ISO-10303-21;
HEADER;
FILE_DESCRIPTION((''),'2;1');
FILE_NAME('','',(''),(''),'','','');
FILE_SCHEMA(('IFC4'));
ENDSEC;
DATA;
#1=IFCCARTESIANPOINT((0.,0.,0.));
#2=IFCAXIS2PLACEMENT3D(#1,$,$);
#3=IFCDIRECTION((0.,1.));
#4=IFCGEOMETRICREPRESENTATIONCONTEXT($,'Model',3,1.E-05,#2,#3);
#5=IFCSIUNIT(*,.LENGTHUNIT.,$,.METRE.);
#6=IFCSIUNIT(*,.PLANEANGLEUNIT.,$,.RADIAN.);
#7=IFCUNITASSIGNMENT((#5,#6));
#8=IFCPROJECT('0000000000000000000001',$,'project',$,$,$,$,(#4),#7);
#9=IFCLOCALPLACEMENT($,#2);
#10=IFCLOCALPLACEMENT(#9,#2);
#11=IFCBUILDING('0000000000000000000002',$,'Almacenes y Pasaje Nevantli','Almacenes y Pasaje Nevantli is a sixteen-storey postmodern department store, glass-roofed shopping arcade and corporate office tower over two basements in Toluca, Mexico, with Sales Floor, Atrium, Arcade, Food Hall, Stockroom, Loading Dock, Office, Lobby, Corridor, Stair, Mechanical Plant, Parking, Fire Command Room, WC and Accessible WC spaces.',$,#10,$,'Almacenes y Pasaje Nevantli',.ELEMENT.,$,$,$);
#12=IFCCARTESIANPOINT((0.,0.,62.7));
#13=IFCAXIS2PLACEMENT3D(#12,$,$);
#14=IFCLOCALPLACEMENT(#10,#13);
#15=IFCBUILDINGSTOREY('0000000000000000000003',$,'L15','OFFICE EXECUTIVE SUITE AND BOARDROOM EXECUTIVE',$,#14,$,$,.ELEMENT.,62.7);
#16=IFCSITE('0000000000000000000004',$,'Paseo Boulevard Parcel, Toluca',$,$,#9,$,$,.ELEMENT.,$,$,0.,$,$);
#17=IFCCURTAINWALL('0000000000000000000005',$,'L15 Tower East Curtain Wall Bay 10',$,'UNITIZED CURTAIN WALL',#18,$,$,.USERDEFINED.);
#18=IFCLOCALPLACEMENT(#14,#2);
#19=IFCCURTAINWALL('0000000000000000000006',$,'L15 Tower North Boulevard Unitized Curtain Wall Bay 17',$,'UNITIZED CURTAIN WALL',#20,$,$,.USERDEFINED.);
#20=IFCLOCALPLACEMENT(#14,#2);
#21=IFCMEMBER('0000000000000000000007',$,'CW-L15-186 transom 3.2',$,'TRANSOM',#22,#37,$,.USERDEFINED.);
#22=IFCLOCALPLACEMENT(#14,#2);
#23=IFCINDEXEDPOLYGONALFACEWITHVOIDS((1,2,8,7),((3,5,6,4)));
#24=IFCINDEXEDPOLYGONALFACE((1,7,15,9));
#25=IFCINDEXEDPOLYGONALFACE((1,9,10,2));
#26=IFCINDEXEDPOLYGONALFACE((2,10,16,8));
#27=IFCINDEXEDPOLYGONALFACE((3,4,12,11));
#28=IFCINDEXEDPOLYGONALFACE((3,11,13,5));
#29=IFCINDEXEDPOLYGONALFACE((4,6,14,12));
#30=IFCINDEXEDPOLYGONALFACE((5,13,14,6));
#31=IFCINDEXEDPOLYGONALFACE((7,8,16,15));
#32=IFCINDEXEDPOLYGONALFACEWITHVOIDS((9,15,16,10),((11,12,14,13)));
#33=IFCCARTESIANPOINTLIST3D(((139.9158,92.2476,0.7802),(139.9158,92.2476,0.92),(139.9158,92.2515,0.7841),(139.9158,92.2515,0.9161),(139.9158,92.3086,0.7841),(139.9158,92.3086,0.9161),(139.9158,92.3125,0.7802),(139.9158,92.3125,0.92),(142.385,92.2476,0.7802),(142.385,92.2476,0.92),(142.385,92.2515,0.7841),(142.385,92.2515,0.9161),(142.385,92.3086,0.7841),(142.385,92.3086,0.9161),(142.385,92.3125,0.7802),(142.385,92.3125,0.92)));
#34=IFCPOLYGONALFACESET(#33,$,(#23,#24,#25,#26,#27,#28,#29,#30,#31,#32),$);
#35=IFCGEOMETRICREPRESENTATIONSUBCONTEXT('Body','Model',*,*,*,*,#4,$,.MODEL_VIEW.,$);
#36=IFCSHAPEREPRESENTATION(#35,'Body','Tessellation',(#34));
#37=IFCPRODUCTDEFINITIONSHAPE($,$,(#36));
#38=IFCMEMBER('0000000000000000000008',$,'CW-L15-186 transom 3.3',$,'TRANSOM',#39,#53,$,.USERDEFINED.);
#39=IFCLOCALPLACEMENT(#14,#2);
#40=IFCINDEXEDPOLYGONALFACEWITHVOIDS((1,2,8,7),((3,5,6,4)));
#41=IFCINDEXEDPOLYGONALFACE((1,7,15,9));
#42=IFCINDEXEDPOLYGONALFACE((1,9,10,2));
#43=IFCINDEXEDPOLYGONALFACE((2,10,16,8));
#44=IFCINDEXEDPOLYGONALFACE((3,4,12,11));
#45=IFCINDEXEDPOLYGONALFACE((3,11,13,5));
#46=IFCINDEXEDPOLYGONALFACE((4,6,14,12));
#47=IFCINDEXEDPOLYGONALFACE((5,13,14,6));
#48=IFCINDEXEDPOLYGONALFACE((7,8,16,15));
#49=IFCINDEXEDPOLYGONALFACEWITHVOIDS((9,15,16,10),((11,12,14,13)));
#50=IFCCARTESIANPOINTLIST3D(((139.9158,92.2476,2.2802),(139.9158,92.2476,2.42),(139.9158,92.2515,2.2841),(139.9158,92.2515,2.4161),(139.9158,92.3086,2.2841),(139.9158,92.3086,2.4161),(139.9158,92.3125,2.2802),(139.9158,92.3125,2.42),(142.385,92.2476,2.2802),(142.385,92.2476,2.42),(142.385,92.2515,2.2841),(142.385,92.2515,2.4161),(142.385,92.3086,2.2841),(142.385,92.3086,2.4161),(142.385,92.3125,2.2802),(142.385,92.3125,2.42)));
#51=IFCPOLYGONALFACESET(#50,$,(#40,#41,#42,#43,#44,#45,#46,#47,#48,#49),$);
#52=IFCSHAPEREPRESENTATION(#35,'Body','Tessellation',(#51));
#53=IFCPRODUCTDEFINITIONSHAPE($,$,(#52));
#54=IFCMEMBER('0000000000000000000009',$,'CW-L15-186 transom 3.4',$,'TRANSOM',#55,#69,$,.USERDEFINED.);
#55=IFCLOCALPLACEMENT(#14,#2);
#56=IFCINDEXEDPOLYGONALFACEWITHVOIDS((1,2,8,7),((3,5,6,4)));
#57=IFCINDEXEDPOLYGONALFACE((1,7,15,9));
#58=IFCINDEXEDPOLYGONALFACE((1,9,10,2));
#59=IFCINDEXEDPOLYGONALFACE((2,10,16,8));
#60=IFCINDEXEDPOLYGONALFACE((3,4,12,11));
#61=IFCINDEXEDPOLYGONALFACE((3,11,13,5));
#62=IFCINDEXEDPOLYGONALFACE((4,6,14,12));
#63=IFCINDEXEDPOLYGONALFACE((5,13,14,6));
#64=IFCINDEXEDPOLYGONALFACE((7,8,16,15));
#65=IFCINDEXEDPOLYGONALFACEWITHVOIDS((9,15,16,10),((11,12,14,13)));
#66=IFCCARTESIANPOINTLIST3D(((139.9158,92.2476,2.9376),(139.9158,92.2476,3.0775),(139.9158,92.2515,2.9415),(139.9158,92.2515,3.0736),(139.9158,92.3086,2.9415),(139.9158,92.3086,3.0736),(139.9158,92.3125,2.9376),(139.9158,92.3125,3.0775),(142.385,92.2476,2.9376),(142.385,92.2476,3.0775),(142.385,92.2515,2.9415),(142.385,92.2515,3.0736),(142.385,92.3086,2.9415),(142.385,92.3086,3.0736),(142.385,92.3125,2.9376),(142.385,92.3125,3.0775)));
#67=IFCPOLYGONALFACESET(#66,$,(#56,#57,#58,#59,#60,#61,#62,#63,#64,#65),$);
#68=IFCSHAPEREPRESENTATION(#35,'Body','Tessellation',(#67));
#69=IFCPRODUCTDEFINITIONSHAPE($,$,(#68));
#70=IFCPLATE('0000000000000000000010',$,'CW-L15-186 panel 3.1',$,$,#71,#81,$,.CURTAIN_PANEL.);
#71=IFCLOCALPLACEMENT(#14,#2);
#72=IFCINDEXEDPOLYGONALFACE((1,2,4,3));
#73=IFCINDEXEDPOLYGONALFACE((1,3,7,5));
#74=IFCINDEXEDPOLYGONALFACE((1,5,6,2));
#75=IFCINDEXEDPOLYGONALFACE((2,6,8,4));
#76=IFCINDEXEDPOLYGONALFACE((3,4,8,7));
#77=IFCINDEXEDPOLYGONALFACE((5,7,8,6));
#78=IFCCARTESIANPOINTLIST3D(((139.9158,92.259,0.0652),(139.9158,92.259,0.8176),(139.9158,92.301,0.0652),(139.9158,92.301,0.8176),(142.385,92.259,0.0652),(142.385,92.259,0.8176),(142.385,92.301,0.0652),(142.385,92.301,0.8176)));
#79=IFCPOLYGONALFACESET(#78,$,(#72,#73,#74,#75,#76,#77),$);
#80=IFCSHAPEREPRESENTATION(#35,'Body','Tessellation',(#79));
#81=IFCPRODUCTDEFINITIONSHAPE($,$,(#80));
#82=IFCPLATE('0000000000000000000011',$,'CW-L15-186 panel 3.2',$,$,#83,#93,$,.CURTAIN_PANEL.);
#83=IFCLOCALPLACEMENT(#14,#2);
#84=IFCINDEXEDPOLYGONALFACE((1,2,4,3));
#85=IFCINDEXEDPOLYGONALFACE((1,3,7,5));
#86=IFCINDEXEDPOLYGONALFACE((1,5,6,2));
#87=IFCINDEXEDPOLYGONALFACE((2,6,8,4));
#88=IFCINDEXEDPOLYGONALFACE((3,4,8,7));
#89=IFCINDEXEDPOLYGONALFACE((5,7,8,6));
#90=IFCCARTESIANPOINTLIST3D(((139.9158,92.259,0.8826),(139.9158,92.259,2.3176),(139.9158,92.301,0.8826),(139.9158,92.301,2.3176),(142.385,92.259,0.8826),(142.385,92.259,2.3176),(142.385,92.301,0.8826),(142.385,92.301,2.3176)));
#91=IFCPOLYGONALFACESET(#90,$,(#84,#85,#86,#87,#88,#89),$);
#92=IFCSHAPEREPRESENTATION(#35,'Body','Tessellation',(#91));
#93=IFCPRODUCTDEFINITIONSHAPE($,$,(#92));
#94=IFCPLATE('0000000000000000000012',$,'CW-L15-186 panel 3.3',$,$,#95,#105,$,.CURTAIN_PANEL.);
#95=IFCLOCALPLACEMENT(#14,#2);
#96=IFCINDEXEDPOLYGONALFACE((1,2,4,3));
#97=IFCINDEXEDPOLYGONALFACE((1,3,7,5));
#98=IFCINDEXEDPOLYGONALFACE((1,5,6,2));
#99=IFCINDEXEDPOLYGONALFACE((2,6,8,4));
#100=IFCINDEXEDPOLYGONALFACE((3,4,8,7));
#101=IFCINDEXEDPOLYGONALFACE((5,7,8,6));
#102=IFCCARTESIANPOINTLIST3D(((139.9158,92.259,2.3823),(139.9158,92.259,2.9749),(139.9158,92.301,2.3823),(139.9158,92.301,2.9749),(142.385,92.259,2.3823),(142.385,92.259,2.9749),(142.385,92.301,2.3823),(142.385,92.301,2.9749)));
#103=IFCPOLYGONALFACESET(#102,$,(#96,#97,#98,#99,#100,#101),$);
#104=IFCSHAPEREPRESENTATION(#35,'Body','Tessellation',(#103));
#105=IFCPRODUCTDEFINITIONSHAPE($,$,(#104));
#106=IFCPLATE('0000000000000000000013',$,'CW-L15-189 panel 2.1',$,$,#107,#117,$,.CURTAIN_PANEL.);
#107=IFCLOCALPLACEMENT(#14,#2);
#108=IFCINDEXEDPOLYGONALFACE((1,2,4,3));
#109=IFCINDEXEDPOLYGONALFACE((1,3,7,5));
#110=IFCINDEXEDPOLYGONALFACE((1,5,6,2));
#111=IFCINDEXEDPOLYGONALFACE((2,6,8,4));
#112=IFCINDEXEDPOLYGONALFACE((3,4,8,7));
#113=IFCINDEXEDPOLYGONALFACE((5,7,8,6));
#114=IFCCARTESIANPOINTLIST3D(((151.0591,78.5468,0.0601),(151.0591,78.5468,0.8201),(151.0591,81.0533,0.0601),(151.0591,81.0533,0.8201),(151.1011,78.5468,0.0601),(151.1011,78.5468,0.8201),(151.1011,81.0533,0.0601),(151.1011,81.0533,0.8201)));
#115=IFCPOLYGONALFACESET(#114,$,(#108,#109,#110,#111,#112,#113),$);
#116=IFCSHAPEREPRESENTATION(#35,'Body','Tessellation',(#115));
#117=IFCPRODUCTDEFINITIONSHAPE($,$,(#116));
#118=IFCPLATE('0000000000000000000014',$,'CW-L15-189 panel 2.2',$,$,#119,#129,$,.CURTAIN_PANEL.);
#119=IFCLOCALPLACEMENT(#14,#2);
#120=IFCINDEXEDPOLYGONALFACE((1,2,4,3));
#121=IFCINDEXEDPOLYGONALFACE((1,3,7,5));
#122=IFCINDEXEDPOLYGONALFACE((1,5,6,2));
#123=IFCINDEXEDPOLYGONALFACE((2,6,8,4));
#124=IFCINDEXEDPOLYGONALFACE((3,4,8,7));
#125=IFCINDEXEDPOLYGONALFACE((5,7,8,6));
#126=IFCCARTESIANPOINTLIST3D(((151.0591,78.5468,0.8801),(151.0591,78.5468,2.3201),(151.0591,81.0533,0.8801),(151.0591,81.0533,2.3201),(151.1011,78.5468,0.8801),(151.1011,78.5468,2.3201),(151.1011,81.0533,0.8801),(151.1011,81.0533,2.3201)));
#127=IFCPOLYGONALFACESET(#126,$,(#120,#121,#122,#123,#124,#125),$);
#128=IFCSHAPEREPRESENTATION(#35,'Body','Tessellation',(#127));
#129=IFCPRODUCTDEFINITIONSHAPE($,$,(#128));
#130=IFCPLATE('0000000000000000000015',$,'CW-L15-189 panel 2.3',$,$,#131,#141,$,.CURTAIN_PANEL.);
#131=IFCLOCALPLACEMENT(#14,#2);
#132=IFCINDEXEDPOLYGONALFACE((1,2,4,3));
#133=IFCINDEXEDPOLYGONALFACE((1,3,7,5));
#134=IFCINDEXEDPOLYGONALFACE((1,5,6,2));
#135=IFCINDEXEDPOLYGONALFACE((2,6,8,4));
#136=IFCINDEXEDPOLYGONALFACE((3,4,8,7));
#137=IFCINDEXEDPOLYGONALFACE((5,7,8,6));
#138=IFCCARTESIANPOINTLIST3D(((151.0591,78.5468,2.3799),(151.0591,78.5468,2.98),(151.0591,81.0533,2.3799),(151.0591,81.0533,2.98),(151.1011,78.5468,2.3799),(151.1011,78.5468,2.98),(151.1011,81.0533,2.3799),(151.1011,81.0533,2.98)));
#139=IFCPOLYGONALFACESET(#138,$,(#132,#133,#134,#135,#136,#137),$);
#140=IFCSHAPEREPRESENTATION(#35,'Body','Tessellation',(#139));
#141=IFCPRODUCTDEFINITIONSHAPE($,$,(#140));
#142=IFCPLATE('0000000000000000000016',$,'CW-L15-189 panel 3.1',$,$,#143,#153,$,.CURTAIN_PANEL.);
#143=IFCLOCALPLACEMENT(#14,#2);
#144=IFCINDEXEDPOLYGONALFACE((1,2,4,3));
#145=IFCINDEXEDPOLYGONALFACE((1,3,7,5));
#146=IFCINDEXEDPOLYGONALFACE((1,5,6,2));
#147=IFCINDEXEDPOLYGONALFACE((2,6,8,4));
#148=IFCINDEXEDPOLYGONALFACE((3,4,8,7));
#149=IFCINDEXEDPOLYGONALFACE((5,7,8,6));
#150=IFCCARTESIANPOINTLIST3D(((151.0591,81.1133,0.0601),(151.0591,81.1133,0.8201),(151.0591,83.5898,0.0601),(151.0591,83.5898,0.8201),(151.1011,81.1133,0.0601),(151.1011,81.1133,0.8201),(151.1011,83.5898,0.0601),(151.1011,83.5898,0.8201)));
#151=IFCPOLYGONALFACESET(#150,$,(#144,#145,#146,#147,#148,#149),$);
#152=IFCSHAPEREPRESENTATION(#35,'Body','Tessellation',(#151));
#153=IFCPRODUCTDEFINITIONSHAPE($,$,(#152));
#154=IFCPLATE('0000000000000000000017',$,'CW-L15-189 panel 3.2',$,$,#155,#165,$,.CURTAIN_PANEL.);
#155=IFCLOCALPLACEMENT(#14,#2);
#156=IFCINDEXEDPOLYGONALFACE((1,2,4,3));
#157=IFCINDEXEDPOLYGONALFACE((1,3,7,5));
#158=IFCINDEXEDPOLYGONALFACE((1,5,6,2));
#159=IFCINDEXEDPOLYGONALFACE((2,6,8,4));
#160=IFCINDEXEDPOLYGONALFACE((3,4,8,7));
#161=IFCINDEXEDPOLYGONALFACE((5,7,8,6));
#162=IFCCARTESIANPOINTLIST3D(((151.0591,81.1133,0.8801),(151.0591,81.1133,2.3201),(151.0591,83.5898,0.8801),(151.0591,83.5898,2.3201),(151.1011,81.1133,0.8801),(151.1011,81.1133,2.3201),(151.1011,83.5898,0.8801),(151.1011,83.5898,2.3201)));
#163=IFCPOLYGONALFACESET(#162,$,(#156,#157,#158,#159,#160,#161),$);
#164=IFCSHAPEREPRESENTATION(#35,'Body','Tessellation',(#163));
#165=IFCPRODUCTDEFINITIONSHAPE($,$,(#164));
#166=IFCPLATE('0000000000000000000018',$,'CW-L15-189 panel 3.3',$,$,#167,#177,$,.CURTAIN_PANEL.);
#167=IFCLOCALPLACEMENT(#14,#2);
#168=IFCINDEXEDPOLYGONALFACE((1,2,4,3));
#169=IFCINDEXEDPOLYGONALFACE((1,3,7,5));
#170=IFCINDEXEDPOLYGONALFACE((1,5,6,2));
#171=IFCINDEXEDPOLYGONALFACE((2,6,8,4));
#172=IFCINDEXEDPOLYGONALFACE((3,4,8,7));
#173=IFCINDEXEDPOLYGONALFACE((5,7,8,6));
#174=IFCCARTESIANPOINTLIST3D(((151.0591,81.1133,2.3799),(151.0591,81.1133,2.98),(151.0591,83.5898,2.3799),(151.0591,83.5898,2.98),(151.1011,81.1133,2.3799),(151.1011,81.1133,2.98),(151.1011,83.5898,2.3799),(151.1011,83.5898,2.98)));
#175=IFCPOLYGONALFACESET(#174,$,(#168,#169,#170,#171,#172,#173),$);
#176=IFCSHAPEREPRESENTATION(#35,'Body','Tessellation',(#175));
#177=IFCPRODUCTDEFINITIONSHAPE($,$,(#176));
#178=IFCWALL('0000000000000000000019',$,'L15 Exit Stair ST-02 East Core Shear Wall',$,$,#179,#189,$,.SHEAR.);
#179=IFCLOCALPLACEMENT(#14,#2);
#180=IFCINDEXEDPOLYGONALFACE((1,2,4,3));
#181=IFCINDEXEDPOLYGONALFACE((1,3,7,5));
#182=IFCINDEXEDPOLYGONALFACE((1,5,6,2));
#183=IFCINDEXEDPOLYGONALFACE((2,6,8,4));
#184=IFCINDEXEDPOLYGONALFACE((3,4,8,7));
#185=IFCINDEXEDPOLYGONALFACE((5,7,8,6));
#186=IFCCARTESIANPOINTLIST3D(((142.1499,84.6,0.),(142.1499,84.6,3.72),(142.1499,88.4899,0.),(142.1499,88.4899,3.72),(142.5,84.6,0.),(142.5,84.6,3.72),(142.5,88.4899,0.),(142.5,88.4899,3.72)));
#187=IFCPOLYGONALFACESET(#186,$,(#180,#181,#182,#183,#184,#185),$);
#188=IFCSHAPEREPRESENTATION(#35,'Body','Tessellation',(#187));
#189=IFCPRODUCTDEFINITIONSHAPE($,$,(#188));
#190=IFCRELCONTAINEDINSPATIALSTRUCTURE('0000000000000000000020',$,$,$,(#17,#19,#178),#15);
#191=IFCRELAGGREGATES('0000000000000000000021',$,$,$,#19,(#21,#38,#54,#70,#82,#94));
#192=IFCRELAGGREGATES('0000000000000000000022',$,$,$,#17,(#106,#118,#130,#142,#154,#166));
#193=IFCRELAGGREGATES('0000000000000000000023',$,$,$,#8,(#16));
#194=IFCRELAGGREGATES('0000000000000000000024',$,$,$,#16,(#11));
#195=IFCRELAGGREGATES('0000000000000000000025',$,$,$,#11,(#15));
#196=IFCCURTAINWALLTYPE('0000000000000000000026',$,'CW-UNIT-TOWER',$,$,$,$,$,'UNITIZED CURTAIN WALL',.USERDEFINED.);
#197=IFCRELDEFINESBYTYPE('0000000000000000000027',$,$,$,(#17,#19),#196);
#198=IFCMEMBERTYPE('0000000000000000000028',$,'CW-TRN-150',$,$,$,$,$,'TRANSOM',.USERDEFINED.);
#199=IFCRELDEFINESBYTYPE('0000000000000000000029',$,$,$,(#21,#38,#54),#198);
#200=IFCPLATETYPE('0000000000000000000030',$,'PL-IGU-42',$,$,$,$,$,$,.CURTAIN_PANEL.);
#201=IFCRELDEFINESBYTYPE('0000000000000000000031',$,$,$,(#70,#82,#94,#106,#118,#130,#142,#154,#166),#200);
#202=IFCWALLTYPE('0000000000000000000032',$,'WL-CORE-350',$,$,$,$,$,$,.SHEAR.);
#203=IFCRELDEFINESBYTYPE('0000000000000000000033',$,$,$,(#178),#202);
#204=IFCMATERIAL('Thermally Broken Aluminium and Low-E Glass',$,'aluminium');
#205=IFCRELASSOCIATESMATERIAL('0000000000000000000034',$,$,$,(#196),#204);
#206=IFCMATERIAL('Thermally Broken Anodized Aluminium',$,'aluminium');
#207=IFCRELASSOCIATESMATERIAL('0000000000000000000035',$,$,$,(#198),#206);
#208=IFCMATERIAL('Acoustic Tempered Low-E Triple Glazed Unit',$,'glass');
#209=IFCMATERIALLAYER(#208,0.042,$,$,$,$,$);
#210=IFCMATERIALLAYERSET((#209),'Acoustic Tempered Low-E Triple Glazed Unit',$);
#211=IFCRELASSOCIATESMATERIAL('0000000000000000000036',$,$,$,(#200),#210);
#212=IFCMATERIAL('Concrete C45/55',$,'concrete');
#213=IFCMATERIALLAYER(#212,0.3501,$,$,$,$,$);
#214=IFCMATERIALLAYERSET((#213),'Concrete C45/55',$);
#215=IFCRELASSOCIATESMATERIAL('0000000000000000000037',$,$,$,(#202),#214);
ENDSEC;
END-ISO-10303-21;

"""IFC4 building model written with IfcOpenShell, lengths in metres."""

from ifc_helpers import new_model, si_unit, direction, frame, frame_2d, origin, origin_2d, place, context, subcontext, project, spatial, rectangle, hollow_rectangle, extrude, material, layer, layer_set, material_profile, profile_set, type_object, element, aggregate, save


model = new_model("IFC4")

# Units and contexts
model_context = context("Model", 3, precision=1e-05, world=origin(), true_north=direction((0.0, 1.0)))
body_context = subcontext(model_context, "Body", "Model", "MODEL_VIEW")
ifc_project = project(units=[si_unit("LENGTHUNIT", "METRE"), si_unit("PLANEANGLEUNIT", "RADIAN")], contexts=[model_context])

# Site, building, storey
site_placement = place(None, origin())
site = spatial("IfcSite", under=ifc_project, at=site_placement, Name="Paseo Boulevard Parcel, Toluca", CompositionType="ELEMENT", RefElevation=0.0)
building_placement = place(site_placement, origin())
building = spatial("IfcBuilding", under=site, at=building_placement, Name="Almacenes y Pasaje Nevantli", Description="Almacenes y Pasaje Nevantli is a sixteen-storey postmodern department store, glass-roofed shopping arcade and corporate office tower over two basements in Toluca, Mexico, with Sales Floor, Atrium, Arcade, Food Hall, Stockroom, Loading Dock, Office, Lobby, Corridor, Stair, Mechanical Plant, Parking, Fire Command Room, WC and Accessible WC spaces.", LongName="Almacenes y Pasaje Nevantli", CompositionType="ELEMENT")
storey_placement = place(building_placement, frame((0.0, 0.0, 62.7)))
storey = spatial("IfcBuildingStorey", under=building, at=storey_placement, Name="L15", Description="OFFICE EXECUTIVE SUITE AND BOARDROOM EXECUTIVE", CompositionType="ELEMENT", Elevation=62.7)

# Curtain wall
ifc_material_1 = material(Name="Thermally Broken Aluminium and Low-E Glass", Category="aluminium")
curtain_wall_type = type_object("IfcCurtainWallType", Name="CW-UNIT-TOWER", ElementType="UNITIZED CURTAIN WALL", PredefinedType="USERDEFINED", material=ifc_material_1)
curtain_wall_1_placement = place(storey_placement, origin())
curtain_wall_1 = element("IfcCurtainWall", 1, at=curtain_wall_1_placement, inside=storey, type_object=curtain_wall_type, Name="L15 Tower East Curtain Wall Bay 10", ObjectType="UNITIZED CURTAIN WALL", PredefinedType="USERDEFINED")

# Curtain wall
curtain_wall_2_placement = place(storey_placement, origin())
curtain_wall_2 = element("IfcCurtainWall", 2, at=curtain_wall_2_placement, inside=storey, type_object=curtain_wall_type, Name="L15 Tower North Boulevard Unitized Curtain Wall Bay 17", ObjectType="UNITIZED CURTAIN WALL", PredefinedType="USERDEFINED")

# Members
ifc_material_2 = material(Name="Thermally Broken Anodized Aluminium", Category="aluminium")
ifc_material_profile_1 = material_profile(ifc_material_2, hollow_rectangle(XDim=0.0649, YDim=0.1399, WallThickness=0.0039, at=origin_2d()), Name="ALU-TRN-65x140")
ifc_profile_set_1 = profile_set([ifc_material_profile_1], Name="Thermally Broken Anodized Aluminium")
member_type_1 = type_object("IfcMemberType", Name="CW-TRN-150", ElementType="TRANSOM", PredefinedType="USERDEFINED", material=ifc_profile_set_1)
member_1_placement = place(storey_placement, frame((139.9158, 92.28, 0.8501), z_axis=(1.0, 0.0, 0.0), x_axis=(0.0, 1.0, 0.0)))
member_1 = element("IfcMember", 3, at=member_1_placement, type_object=member_type_1, Name="CW-L15-186 transom 3.2", ObjectType="TRANSOM", PredefinedType="USERDEFINED", context=body_context, shape_type="SweptSolid", body=[
    extrude(hollow_rectangle(XDim=0.0649, YDim=0.1399, WallThickness=0.0039, at=origin_2d()), origin(), (0.0, 0.0, 1.0), 2.4692),
])
member_2_placement = place(storey_placement, frame((139.9158, 92.28, 2.3501), z_axis=(1.0, 0.0, 0.0), x_axis=(0.0, 1.0, 0.0)))
member_2 = element("IfcMember", 4, at=member_2_placement, type_object=member_type_1, Name="CW-L15-186 transom 3.3", ObjectType="TRANSOM", PredefinedType="USERDEFINED", context=body_context, shape_type="SweptSolid", body=[
    extrude(hollow_rectangle(XDim=0.0649, YDim=0.1399, WallThickness=0.0039, at=origin_2d()), origin(), (0.0, 0.0, 1.0), 2.4692),
])
member_3_placement = place(storey_placement, frame((139.9158, 92.28, 3.0076), z_axis=(1.0, 0.0, 0.0), x_axis=(0.0, 1.0, 0.0)))
member_3 = element("IfcMember", 5, at=member_3_placement, type_object=member_type_1, Name="CW-L15-186 transom 3.4", ObjectType="TRANSOM", PredefinedType="USERDEFINED", context=body_context, shape_type="SweptSolid", body=[
    extrude(hollow_rectangle(XDim=0.0649, YDim=0.1399, WallThickness=0.0039, at=origin_2d()), origin(), (0.0, 0.0, 1.0), 2.4692),
])

# Plates
ifc_material_3 = material(Name="Acoustic Tempered Low-E Triple Glazed Unit", Category="glass")
ifc_layer_1 = layer(ifc_material_3, 0.042)
ifc_layer_set_1 = layer_set([ifc_layer_1], Name="Acoustic Tempered Low-E Triple Glazed Unit")
plate_type = type_object("IfcPlateType", Name="PL-IGU-42", PredefinedType="CURTAIN_PANEL", material=ifc_layer_set_1)
plate_1_placement = place(storey_placement, frame((141.1504, 92.28, 0.0652), z_axis=(0.0, 0.0, 1.0), x_axis=(1.0, 0.0, 0.0)))
plate_1 = element("IfcPlate", 6, at=plate_1_placement, type_object=plate_type, Name="CW-L15-186 panel 3.1", PredefinedType="CURTAIN_PANEL", context=body_context, shape_type="SweptSolid", body=[
    extrude(rectangle(XDim=2.4692, YDim=0.042, at=origin_2d()), origin(), (0.0, 0.0, 1.0), 0.7524),
])
plate_2_placement = place(storey_placement, frame((141.1504, 92.28, 0.8826), z_axis=(0.0, 0.0, 1.0), x_axis=(1.0, 0.0, 0.0)))
plate_2 = element("IfcPlate", 7, at=plate_2_placement, type_object=plate_type, Name="CW-L15-186 panel 3.2", PredefinedType="CURTAIN_PANEL", context=body_context, shape_type="SweptSolid", body=[
    extrude(rectangle(XDim=2.4692, YDim=0.042, at=origin_2d()), origin(), (0.0, 0.0, 1.0), 1.4351),
])
plate_3_placement = place(storey_placement, frame((141.1504, 92.28, 2.3823), z_axis=(0.0, 0.0, 1.0), x_axis=(1.0, 0.0, 0.0)))
plate_3 = element("IfcPlate", 8, at=plate_3_placement, type_object=plate_type, Name="CW-L15-186 panel 3.3", PredefinedType="CURTAIN_PANEL", context=body_context, shape_type="SweptSolid", body=[
    extrude(rectangle(XDim=2.4692, YDim=0.042, at=origin_2d()), origin(), (0.0, 0.0, 1.0), 0.5925),
])
aggregate(curtain_wall_2, [member_1, member_2, member_3, plate_1, plate_2, plate_3])
plate_4_placement = place(storey_placement, frame((151.0801, 79.8, 0.0601), z_axis=(0.0, 0.0, 1.0), x_axis=(0.0, 1.0, 0.0)))
plate_4 = element("IfcPlate", 9, at=plate_4_placement, type_object=plate_type, Name="CW-L15-189 panel 2.1", PredefinedType="CURTAIN_PANEL", context=body_context, shape_type="SweptSolid", body=[
    extrude(rectangle(XDim=2.5066, YDim=0.042, at=origin_2d()), origin(), (0.0, 0.0, 1.0), 0.76),
])
plate_5_placement = place(storey_placement, frame((151.0801, 79.8, 0.8801), z_axis=(0.0, 0.0, 1.0), x_axis=(0.0, 1.0, 0.0)))
plate_5 = element("IfcPlate", 10, at=plate_5_placement, type_object=plate_type, Name="CW-L15-189 panel 2.2", PredefinedType="CURTAIN_PANEL", context=body_context, shape_type="SweptSolid", body=[
    extrude(rectangle(XDim=2.5066, YDim=0.042, at=origin_2d()), origin(), (0.0, 0.0, 1.0), 1.4399),
])
plate_6_placement = place(storey_placement, frame((151.0801, 79.8, 2.3799), z_axis=(0.0, 0.0, 1.0), x_axis=(0.0, 1.0, 0.0)))
plate_6 = element("IfcPlate", 11, at=plate_6_placement, type_object=plate_type, Name="CW-L15-189 panel 2.3", PredefinedType="CURTAIN_PANEL", context=body_context, shape_type="SweptSolid", body=[
    extrude(rectangle(XDim=2.5066, YDim=0.042, at=origin_2d()), origin(), (0.0, 0.0, 1.0), 0.6001),
])
plate_7_placement = place(storey_placement, frame((151.0801, 82.3516, 0.0601), z_axis=(0.0, 0.0, 1.0), x_axis=(0.0, 1.0, 0.0)))
plate_7 = element("IfcPlate", 12, at=plate_7_placement, type_object=plate_type, Name="CW-L15-189 panel 3.1", PredefinedType="CURTAIN_PANEL", context=body_context, shape_type="SweptSolid", body=[
    extrude(rectangle(XDim=2.4766, YDim=0.042, at=origin_2d()), origin(), (0.0, 0.0, 1.0), 0.76),
])
plate_8_placement = place(storey_placement, frame((151.0801, 82.3516, 0.8801), z_axis=(0.0, 0.0, 1.0), x_axis=(0.0, 1.0, 0.0)))
plate_8 = element("IfcPlate", 13, at=plate_8_placement, type_object=plate_type, Name="CW-L15-189 panel 3.2", PredefinedType="CURTAIN_PANEL", context=body_context, shape_type="SweptSolid", body=[
    extrude(rectangle(XDim=2.4766, YDim=0.042, at=origin_2d()), origin(), (0.0, 0.0, 1.0), 1.4399),
])
plate_9_placement = place(storey_placement, frame((151.0801, 82.3516, 2.3799), z_axis=(0.0, 0.0, 1.0), x_axis=(0.0, 1.0, 0.0)))
plate_9 = element("IfcPlate", 14, at=plate_9_placement, type_object=plate_type, Name="CW-L15-189 panel 3.3", PredefinedType="CURTAIN_PANEL", context=body_context, shape_type="SweptSolid", body=[
    extrude(rectangle(XDim=2.4766, YDim=0.042, at=origin_2d()), origin(), (0.0, 0.0, 1.0), 0.6001),
])
aggregate(curtain_wall_1, [plate_4, plate_5, plate_6, plate_7, plate_8, plate_9])

# Wall
ifc_material_4 = material(Name="Concrete C45/55", Category="concrete")
ifc_layer_2 = layer(ifc_material_4, 0.3501)
ifc_layer_set_2 = layer_set([ifc_layer_2], Name="Concrete C45/55")
wall_type_1 = type_object("IfcWallType", Name="WL-CORE-350", PredefinedType="SHEAR", material=ifc_layer_set_2)
wall_1_placement = place(storey_placement, frame((142.325, 84.6001, 0.0), z_axis=(0.0, 0.0, 1.0), x_axis=(0.0, 1.0, 0.0)))
element("IfcWall", 15, at=wall_1_placement, inside=storey, type_object=wall_type_1, Name="L15 Exit Stair ST-02 East Core Shear Wall", PredefinedType="SHEAR", context=body_context, shape_type="SweptSolid", body=[
    extrude(rectangle(XDim=3.8899, YDim=0.3501, at=frame_2d((1.9448, 0.0))), origin(), (0.0, 0.0, 1.0), 3.72),
])

save(model, "model.ifc")
